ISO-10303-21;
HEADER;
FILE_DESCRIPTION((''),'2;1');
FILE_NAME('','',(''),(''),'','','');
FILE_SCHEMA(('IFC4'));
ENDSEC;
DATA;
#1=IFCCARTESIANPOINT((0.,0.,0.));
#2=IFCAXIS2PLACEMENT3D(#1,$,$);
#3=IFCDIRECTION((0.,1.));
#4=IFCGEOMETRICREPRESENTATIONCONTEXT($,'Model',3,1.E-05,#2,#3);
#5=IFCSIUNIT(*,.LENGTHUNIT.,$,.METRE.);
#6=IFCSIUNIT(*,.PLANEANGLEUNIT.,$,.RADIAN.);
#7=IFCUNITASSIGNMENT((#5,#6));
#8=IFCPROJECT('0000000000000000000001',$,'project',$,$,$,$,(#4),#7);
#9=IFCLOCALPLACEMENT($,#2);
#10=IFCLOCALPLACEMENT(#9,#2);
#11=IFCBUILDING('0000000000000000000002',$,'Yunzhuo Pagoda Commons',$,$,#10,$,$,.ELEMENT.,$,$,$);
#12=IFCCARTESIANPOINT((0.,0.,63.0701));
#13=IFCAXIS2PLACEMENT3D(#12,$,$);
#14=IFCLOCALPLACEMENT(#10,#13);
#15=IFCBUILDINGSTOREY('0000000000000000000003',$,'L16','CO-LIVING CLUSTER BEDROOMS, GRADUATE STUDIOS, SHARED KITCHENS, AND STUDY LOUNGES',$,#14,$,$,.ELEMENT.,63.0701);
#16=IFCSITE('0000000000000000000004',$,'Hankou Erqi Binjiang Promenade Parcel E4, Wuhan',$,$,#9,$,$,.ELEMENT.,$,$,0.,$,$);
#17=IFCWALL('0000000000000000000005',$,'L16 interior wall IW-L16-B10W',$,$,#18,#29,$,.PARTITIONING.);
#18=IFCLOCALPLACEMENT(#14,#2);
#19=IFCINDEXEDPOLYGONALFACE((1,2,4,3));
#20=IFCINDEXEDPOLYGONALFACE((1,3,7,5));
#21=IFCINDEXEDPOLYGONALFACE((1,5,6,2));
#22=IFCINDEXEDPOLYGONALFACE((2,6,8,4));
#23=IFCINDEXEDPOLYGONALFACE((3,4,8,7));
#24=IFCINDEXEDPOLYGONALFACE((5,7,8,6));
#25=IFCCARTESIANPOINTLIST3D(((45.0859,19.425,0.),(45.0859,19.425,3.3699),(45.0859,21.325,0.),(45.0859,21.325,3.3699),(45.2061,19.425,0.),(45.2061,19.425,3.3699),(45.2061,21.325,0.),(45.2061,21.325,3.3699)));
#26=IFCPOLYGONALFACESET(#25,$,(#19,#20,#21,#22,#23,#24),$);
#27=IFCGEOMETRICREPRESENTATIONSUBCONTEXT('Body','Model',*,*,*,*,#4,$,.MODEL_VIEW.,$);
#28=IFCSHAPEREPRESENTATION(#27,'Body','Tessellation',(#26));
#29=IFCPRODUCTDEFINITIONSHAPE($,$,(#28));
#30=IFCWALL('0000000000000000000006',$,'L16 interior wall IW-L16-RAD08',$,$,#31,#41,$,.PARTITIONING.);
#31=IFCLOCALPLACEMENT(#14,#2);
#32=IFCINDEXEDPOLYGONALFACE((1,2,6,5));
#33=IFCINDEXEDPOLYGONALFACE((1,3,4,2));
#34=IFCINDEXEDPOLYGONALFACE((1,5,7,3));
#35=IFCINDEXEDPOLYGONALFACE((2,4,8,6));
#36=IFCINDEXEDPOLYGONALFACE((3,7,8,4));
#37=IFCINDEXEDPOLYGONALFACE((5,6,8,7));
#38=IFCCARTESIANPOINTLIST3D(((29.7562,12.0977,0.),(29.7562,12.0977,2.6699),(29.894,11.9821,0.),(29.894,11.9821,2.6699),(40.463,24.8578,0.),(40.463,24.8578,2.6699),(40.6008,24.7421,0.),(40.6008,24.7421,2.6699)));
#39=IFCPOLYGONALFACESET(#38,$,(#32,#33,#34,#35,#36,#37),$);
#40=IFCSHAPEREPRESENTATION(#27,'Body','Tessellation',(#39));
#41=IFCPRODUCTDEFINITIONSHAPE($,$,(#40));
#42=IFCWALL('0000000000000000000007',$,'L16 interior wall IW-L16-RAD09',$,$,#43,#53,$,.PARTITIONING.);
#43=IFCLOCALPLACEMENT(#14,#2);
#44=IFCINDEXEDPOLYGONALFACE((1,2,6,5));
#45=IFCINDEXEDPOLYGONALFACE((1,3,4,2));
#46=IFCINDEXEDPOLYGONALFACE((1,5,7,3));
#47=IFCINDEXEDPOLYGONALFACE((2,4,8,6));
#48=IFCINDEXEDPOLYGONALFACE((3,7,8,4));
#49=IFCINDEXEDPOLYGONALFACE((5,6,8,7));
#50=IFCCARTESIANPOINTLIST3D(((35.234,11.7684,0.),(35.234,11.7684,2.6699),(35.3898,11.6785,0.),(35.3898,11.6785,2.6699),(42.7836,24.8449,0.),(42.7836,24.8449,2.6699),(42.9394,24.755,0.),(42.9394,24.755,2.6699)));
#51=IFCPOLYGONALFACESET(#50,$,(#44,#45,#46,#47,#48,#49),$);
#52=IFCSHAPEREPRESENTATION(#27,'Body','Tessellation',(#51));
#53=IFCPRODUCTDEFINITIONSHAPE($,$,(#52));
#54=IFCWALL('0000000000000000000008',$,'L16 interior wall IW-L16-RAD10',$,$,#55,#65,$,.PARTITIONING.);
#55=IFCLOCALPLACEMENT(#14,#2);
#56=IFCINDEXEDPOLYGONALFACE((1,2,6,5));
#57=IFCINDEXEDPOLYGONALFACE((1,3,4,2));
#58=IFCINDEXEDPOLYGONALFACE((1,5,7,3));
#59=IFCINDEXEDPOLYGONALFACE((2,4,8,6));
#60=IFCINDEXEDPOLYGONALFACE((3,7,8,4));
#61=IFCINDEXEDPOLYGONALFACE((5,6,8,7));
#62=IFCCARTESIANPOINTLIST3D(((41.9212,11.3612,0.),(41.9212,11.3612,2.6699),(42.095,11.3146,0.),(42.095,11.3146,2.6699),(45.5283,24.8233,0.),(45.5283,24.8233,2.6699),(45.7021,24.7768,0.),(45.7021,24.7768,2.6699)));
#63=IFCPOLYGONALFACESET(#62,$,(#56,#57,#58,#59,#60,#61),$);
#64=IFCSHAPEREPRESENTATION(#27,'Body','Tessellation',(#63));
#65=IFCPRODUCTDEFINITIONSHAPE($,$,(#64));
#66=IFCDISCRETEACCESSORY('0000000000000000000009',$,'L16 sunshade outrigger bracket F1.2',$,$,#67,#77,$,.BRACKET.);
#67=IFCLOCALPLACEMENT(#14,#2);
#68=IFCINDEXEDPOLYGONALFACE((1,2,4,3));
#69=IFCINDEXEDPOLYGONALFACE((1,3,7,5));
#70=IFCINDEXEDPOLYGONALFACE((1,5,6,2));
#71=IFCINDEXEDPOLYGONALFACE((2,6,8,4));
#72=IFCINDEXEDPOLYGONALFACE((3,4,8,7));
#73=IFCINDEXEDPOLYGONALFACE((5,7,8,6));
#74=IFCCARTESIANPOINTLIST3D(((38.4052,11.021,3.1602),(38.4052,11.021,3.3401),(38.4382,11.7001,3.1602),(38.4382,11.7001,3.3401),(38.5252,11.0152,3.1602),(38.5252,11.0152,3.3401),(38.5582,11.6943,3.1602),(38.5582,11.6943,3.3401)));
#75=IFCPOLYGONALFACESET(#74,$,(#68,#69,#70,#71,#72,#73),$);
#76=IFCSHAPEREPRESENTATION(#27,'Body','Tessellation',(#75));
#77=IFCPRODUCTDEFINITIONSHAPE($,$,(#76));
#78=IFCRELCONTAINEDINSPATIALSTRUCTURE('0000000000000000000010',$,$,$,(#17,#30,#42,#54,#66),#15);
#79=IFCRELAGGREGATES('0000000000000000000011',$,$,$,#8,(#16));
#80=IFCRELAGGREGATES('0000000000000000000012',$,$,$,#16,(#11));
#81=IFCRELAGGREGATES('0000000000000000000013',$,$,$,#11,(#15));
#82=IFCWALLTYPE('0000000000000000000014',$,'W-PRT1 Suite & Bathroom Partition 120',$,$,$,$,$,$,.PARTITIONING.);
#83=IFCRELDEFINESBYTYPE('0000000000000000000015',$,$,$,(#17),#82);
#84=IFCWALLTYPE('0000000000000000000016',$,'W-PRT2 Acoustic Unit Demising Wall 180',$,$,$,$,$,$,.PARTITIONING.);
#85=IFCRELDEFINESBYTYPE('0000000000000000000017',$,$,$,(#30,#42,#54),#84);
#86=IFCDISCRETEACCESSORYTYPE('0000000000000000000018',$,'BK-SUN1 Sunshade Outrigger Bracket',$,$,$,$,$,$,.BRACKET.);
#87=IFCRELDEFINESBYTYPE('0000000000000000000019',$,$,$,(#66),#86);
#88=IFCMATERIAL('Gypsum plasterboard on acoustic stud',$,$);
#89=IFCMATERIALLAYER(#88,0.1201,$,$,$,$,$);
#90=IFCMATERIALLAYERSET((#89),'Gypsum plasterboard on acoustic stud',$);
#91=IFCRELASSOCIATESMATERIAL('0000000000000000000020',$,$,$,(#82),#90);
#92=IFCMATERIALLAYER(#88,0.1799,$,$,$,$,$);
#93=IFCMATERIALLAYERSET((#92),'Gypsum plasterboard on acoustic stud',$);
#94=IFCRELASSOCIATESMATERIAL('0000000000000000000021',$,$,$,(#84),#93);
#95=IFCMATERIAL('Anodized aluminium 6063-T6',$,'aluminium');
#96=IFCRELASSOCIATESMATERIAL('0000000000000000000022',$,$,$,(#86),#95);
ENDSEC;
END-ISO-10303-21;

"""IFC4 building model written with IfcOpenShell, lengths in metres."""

from ifc_helpers import new_model, si_unit, direction, frame, frame_2d, origin, origin_2d, place, context, subcontext, project, spatial, rectangle, extrude, source, transform, mapped, material, layer, layer_set, type_object, element, save


model = new_model("IFC4")

# Units and contexts
model_context = context("Model", 3, precision=1e-05, world=origin(), true_north=direction((0.0, 1.0)))
body_context = subcontext(model_context, "Body", "Model", "MODEL_VIEW")
ifc_project = project(units=[si_unit("LENGTHUNIT", "METRE"), si_unit("PLANEANGLEUNIT", "RADIAN")], contexts=[model_context])

# Site, building, storey
site_placement = place(None, origin())
site = spatial("IfcSite", under=ifc_project, at=site_placement, Name="Hankou Erqi Binjiang Promenade Parcel E4, Wuhan", CompositionType="ELEMENT", RefElevation=0.0)
building_placement = place(site_placement, origin())
building = spatial("IfcBuilding", under=site, at=building_placement, Name="Yunzhuo Pagoda Commons", CompositionType="ELEMENT")
storey_placement = place(building_placement, frame((0.0, 0.0, 63.0701)))
storey = spatial("IfcBuildingStorey", under=building, at=storey_placement, Name="L16", Description="CO-LIVING CLUSTER BEDROOMS, GRADUATE STUDIOS, SHARED KITCHENS, AND STUDY LOUNGES", CompositionType="ELEMENT", Elevation=63.0701)

# Shared definitions
ifc_material_1 = material(Name="Anodized aluminium 6063-T6", Category="aluminium")

# Shared definitions
ifc_material_2 = material(Name="Gypsum plasterboard on acoustic stud")
ifc_layer_1 = layer(ifc_material_2, 0.1201)
ifc_layer_set_1 = layer_set([ifc_layer_1], Name="Gypsum plasterboard on acoustic stud")
wall_type_1 = type_object("IfcWallType", Name="W-PRT1 Suite & Bathroom Partition 120", PredefinedType="PARTITIONING", material=ifc_layer_set_1)

# Walls
wall_1_placement = place(storey_placement, frame((45.146, 21.325, 0.0), z_axis=(0.0, 0.0, 1.0), x_axis=(0.0, -1.0, 0.0)))
element("IfcWall", 1, at=wall_1_placement, inside=storey, type_object=wall_type_1, Name="L16 interior wall IW-L16-B10W", PredefinedType="PARTITIONING", context=body_context, shape_type="SweptSolid", body=[
    extrude(rectangle(XDim=1.8999, YDim=0.1201, at=frame_2d((0.95, 0.0))), origin(), (0.0, 0.0, 1.0), 3.3699),
])
ifc_layer_2 = layer(ifc_material_2, 0.1799)
ifc_layer_set_2 = layer_set([ifc_layer_2], Name="Gypsum plasterboard on acoustic stud")
wall_type_2 = type_object("IfcWallType", Name="W-PRT2 Acoustic Unit Demising Wall 180", PredefinedType="PARTITIONING", material=ifc_layer_set_2)
wall_2_placement = place(storey_placement, frame((40.532, 24.8, 0.0), z_axis=(0.0, 0.0, 1.0), x_axis=(-0.642783, -0.766048, 0.0)))
element("IfcWall", 2, at=wall_2_placement, inside=storey, type_object=wall_type_2, Name="L16 interior wall IW-L16-RAD08", PredefinedType="PARTITIONING", context=body_context, shape_type="SweptSolid", body=[
    extrude(rectangle(XDim=16.657, YDim=0.1799, at=frame_2d((8.3286, 0.0))), origin(), (0.0, 0.0, 1.0), 2.6699),
])
wall_3_placement = place(storey_placement, frame((42.8616, 24.8, 0.0), z_axis=(0.0, 0.0, 1.0), x_axis=(-0.499994, -0.866029, 0.0)))
element("IfcWall", 3, at=wall_3_placement, inside=storey, type_object=wall_type_2, Name="L16 interior wall IW-L16-RAD09", PredefinedType="PARTITIONING", context=body_context, shape_type="SweptSolid", body=[
    extrude(rectangle(XDim=15.0994, YDim=0.1799, at=frame_2d((7.5498, 0.0))), origin(), (0.0, 0.0, 1.0), 2.6699),
])
wall_4_placement = place(storey_placement, frame((45.6152, 24.8, 0.0), z_axis=(0.0, 0.0, 1.0), x_axis=(-0.258819, -0.965926, 0.0)))
element("IfcWall", 4, at=wall_4_placement, inside=storey, type_object=wall_type_2, Name="L16 interior wall IW-L16-RAD10", PredefinedType="PARTITIONING", context=body_context, shape_type="SweptSolid", body=[
    extrude(rectangle(XDim=13.937, YDim=0.1799, at=frame_2d((6.9685, 0.0))), origin(), (0.0, 0.0, 1.0), 2.6699),
])

# Discrete accessory
discrete_accessory_type = type_object("IfcDiscreteAccessoryType", Name="BK-SUN1 Sunshade Outrigger Bracket", PredefinedType="BRACKET", material=ifc_material_1)
shared_shape_1 = source(origin(), body_context, "Body", "SweptSolid", [
    extrude(rectangle(XDim=0.1201, YDim=0.6799, at=origin_2d()), origin(), (0.0, 0.0, 1.0), 0.1799),
])
discrete_accessory_placement = place(storey_placement, frame((38.4817, 11.3577, 3.1602), z_axis=(0.0, 0.0, 1.0), x_axis=(0.998818, -0.048606, 0.0)))
element("IfcDiscreteAccessory", 5, at=discrete_accessory_placement, inside=storey, type_object=discrete_accessory_type, Name="L16 sunshade outrigger bracket F1.2", PredefinedType="BRACKET", context=body_context, shape_type="MappedRepresentation", body=[
    mapped(shared_shape_1, transform((0.0, 0.0, 0.0), scale=1.0)),
])

save(model, "model.ifc")
